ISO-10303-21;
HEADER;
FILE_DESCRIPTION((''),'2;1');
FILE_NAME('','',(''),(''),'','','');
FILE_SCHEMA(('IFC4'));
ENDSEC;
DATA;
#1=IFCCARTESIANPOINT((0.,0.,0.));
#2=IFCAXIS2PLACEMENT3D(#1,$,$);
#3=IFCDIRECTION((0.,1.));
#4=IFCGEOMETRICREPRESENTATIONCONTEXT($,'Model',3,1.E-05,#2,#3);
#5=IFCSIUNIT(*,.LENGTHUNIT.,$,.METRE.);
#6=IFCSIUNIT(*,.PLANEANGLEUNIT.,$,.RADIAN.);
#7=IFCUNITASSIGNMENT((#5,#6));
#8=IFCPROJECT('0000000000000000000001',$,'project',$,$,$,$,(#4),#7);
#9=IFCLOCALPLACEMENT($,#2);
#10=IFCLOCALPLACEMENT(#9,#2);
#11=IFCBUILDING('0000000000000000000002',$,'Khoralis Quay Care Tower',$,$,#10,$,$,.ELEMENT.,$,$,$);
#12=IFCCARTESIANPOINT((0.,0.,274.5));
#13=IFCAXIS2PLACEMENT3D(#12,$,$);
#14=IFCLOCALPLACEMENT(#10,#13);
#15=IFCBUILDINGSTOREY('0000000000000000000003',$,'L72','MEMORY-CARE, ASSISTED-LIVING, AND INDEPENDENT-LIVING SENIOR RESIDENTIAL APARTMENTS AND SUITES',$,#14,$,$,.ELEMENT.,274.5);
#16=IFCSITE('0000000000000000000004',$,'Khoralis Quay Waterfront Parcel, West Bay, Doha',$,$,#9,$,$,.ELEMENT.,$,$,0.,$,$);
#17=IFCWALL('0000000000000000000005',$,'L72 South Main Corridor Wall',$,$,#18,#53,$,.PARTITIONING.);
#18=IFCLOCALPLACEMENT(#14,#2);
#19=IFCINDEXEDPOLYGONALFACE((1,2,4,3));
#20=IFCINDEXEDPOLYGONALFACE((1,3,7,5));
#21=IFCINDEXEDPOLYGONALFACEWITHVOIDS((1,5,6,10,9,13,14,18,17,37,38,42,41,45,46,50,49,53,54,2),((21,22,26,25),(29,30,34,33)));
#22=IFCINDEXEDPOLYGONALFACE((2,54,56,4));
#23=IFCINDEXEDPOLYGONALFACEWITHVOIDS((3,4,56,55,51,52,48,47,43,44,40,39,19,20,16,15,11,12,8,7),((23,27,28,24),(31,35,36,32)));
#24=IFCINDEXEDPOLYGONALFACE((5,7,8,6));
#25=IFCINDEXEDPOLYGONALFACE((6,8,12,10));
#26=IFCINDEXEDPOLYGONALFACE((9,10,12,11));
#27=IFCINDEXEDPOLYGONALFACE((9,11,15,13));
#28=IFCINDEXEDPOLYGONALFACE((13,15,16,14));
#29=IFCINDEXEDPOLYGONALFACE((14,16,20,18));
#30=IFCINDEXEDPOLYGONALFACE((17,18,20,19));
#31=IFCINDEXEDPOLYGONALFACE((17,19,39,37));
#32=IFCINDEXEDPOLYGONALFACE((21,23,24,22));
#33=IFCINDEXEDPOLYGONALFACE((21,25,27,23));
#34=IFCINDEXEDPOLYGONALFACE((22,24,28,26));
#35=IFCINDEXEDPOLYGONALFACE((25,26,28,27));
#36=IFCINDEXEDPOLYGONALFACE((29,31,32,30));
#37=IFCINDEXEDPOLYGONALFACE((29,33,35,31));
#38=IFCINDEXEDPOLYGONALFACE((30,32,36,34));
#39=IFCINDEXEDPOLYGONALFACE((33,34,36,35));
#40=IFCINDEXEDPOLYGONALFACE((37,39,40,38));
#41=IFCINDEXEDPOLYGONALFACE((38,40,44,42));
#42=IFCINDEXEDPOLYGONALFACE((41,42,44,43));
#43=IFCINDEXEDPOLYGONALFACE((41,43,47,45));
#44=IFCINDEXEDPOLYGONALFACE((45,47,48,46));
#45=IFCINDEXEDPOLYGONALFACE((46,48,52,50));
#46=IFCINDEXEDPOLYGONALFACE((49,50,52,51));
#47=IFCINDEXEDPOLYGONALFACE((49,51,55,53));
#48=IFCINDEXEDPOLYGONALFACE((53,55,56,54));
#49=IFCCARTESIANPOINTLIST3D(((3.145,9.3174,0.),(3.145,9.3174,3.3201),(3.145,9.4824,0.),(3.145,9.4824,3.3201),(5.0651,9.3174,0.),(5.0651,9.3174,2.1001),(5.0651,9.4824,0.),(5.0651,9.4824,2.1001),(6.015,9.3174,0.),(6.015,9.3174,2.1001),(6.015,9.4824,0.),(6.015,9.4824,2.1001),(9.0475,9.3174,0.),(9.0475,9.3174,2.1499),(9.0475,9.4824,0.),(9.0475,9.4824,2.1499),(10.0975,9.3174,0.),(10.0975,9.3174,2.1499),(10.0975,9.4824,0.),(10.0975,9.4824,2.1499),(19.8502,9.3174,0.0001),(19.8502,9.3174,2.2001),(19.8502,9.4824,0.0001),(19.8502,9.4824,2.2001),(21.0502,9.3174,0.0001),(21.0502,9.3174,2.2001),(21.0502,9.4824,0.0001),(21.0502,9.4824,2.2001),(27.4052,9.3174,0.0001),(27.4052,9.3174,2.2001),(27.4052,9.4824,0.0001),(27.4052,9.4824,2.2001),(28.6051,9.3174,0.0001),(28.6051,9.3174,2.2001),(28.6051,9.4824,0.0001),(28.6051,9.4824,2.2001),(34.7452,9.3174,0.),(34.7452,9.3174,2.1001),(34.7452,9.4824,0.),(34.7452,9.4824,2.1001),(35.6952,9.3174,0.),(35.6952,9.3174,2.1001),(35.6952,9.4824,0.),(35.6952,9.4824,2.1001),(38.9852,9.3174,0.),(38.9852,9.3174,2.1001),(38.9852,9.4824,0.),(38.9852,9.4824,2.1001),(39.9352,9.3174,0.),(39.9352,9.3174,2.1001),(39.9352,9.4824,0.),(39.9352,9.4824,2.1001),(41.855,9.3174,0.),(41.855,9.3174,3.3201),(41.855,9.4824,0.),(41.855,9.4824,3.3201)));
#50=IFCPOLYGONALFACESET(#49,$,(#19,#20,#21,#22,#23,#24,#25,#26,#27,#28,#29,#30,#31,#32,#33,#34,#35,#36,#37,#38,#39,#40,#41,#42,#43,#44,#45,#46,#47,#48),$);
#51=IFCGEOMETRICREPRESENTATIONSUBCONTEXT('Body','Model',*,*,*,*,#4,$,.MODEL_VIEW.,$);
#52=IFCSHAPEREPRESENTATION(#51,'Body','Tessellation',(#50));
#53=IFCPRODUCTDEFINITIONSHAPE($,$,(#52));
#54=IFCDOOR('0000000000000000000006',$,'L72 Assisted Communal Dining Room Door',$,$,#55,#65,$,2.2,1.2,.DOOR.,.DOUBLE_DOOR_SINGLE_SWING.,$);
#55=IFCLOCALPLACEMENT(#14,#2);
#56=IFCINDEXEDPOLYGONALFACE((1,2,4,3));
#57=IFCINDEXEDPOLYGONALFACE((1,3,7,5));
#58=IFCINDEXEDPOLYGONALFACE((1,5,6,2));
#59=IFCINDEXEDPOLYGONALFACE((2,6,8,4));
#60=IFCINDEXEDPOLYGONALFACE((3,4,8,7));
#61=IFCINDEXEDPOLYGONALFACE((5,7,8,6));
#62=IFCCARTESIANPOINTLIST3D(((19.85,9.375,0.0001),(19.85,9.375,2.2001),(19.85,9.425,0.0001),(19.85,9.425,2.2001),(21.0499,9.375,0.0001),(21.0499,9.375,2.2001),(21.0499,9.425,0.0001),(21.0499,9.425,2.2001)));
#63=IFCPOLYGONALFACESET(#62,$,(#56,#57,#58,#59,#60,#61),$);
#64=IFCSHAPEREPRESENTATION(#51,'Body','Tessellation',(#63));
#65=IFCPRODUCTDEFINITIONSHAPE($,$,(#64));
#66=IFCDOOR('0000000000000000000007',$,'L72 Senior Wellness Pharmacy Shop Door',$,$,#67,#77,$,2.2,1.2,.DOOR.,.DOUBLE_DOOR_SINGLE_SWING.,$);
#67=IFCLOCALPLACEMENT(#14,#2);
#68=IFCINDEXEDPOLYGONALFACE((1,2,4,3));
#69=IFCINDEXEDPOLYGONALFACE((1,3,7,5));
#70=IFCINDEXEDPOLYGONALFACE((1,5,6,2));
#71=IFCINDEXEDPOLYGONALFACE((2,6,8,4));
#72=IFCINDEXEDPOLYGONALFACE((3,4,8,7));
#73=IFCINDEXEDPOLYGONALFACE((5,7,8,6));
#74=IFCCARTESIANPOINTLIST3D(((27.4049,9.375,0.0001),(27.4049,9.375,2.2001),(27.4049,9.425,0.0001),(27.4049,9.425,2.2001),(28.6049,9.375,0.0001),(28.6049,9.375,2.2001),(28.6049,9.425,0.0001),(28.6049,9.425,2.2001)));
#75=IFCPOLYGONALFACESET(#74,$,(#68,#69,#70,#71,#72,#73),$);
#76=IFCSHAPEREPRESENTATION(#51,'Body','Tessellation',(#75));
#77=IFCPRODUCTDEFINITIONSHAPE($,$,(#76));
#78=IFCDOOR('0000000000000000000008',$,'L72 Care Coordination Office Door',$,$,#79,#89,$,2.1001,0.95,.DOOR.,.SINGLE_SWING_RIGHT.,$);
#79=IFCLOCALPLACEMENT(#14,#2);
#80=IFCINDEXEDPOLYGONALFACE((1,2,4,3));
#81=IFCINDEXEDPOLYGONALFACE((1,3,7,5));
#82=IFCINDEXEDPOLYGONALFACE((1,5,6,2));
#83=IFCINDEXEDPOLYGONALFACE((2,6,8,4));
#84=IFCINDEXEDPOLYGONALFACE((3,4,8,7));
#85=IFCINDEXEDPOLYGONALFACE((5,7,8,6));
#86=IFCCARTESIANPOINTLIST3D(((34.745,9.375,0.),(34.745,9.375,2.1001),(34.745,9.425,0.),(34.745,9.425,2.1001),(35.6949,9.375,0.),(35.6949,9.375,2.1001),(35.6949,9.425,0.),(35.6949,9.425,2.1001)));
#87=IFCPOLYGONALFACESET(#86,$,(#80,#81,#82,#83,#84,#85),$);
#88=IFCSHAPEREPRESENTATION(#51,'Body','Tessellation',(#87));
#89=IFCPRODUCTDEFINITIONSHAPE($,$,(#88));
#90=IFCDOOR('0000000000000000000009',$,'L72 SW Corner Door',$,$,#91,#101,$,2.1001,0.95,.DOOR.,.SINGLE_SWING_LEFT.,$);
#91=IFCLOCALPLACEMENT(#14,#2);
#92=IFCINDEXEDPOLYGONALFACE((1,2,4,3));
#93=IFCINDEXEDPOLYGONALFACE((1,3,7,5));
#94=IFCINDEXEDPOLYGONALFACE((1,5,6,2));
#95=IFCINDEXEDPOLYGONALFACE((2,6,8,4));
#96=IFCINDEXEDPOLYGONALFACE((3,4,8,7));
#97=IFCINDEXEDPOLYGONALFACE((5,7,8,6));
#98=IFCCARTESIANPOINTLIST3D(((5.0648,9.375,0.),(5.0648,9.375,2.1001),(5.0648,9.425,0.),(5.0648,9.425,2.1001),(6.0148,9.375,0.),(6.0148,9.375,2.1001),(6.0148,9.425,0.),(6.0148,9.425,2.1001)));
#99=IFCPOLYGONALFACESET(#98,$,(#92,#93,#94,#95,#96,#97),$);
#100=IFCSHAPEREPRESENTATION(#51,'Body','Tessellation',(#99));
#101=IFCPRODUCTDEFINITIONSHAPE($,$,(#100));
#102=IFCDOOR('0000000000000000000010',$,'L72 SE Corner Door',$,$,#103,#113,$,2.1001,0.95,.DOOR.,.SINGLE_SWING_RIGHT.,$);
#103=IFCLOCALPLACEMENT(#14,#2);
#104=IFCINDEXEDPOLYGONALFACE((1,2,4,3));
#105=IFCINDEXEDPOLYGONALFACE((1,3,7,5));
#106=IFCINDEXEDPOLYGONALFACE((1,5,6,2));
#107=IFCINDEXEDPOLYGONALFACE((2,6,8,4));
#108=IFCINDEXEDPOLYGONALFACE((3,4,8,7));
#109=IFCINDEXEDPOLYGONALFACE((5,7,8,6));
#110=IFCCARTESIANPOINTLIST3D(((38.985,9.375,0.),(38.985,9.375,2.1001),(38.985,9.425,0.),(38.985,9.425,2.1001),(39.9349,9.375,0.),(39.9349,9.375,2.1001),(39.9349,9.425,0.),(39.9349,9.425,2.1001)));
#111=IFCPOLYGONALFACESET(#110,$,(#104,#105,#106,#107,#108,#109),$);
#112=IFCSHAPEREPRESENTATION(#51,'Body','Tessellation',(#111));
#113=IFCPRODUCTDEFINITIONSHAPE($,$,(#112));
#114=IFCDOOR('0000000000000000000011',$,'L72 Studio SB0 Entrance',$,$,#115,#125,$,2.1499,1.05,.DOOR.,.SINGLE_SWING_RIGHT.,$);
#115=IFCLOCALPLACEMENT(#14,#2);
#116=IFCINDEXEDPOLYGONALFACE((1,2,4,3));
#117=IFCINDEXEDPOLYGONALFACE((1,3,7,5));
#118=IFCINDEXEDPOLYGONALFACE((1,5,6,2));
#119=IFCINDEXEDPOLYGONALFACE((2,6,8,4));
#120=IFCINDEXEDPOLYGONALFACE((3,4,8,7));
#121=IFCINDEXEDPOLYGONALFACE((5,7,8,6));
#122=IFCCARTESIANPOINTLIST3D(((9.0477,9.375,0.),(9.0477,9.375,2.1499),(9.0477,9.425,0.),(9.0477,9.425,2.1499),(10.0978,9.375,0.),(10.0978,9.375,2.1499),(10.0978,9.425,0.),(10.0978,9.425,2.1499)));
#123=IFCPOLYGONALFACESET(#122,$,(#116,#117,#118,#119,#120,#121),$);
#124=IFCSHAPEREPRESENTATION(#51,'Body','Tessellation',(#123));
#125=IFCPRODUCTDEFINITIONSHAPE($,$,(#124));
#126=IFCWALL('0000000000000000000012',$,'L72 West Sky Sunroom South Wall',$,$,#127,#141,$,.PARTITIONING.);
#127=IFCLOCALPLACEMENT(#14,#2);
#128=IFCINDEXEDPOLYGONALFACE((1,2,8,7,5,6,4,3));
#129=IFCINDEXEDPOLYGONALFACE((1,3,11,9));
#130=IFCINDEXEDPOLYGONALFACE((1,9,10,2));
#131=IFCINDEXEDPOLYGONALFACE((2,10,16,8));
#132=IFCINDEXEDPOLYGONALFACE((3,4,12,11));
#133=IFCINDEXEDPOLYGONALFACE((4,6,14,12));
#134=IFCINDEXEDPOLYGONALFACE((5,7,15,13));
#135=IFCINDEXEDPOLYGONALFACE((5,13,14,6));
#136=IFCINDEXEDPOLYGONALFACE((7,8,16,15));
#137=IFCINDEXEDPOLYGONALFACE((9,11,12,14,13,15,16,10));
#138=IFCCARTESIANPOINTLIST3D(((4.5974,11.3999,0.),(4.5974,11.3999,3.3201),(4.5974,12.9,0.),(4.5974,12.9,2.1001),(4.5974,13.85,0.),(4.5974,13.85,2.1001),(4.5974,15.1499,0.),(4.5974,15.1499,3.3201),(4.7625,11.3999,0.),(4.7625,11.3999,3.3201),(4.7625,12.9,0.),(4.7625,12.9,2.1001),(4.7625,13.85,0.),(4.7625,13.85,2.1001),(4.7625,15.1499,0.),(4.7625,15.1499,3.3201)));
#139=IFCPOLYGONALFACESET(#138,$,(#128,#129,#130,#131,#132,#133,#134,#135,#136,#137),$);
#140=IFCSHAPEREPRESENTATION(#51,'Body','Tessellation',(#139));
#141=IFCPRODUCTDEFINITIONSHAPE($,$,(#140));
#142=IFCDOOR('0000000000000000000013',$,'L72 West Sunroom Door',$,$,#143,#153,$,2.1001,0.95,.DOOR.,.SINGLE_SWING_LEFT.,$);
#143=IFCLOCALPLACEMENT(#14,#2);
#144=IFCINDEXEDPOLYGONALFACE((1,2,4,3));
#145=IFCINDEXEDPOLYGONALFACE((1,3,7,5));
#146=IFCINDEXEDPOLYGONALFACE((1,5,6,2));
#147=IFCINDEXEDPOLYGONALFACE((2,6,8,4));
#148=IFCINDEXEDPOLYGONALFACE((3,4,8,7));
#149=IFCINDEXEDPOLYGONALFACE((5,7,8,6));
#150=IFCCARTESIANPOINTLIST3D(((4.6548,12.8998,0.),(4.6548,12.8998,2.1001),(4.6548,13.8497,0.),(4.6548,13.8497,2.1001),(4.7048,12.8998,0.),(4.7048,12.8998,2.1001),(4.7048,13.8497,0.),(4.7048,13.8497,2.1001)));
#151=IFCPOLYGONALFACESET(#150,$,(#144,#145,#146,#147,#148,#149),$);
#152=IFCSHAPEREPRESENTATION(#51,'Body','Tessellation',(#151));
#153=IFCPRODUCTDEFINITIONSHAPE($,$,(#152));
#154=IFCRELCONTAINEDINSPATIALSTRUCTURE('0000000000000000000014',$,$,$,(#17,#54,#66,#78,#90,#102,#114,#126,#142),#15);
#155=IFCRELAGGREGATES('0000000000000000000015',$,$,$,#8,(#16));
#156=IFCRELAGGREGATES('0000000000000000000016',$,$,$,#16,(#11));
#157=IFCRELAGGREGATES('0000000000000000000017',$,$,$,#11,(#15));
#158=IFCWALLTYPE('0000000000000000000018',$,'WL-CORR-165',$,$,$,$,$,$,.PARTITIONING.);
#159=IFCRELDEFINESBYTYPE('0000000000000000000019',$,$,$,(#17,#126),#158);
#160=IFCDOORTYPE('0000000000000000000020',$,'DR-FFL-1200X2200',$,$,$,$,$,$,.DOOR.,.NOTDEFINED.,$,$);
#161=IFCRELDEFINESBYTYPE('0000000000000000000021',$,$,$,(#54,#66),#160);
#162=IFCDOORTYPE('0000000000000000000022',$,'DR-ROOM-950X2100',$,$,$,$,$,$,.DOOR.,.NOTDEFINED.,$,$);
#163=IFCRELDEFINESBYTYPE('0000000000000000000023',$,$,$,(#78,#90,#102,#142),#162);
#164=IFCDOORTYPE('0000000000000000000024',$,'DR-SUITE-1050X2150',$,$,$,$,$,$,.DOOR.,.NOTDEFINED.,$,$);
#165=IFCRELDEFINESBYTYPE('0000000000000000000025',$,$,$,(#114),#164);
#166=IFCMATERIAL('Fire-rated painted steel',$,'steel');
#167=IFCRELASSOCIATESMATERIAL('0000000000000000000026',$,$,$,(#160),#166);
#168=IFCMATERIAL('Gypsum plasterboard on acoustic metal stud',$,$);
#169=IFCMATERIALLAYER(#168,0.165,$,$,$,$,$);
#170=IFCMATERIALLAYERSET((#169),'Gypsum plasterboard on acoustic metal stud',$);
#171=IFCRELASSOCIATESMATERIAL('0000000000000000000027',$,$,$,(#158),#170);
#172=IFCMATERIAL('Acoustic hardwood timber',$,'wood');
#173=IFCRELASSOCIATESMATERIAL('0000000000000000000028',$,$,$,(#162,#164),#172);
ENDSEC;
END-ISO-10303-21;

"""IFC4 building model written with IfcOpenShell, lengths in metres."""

from ifc_helpers import new_model, si_unit, direction, frame, frame_2d, origin, place, context, subcontext, project, spatial, rectangle, extrude, source, transform, mapped, material, layer, layer_set, type_object, element, fill, save


model = new_model("IFC4")

# Units and contexts
model_context = context("Model", 3, precision=1e-05, world=origin(), true_north=direction((0.0, 1.0)))
body_context = subcontext(model_context, "Body", "Model", "MODEL_VIEW")
ifc_project = project(units=[si_unit("LENGTHUNIT", "METRE"), si_unit("PLANEANGLEUNIT", "RADIAN")], contexts=[model_context])

# Site, building, storey
site_placement = place(None, origin())
site = spatial("IfcSite", under=ifc_project, at=site_placement, Name="Khoralis Quay Waterfront Parcel, West Bay, Doha", CompositionType="ELEMENT", RefElevation=0.0)
building_placement = place(site_placement, origin())
building = spatial("IfcBuilding", under=site, at=building_placement, Name="Khoralis Quay Care Tower", CompositionType="ELEMENT")
storey_placement = place(building_placement, frame((0.0, 0.0, 274.5)))
storey = spatial("IfcBuildingStorey", under=building, at=storey_placement, Name="L72", Description="MEMORY-CARE, ASSISTED-LIVING, AND INDEPENDENT-LIVING SENIOR RESIDENTIAL APARTMENTS AND SUITES", CompositionType="ELEMENT", Elevation=274.5)

# Shared definitions
ifc_material_1 = material(Name="Gypsum plasterboard on acoustic metal stud")
ifc_material_2 = material(Name="Fire-rated painted steel", Category="steel")
door_type_1 = type_object("IfcDoorType", Name="DR-FFL-1200X2200", OperationType="NOTDEFINED", PredefinedType="DOOR", material=ifc_material_2)
shared_shape_1 = source(origin(), body_context, "Body", "SweptSolid", [
    extrude(rectangle(XDim=1.2, YDim=2.2, at=frame_2d((0.6001, 1.1001))), frame((0.0, 0.0249, 0.0), z_axis=(0.0, -1.0, 0.0), x_axis=(1.0, 0.0, 0.0)), (0.0, 0.0, 1.0), 0.05),
])

# Wall, openings, doors
ifc_layer_1 = layer(ifc_material_1, 0.165)
ifc_layer_set_1 = layer_set([ifc_layer_1], Name="Gypsum plasterboard on acoustic metal stud")
wall_type_1 = type_object("IfcWallType", Name="WL-CORR-165", PredefinedType="PARTITIONING", material=ifc_layer_set_1)
wall_1_placement = place(storey_placement, frame((3.145, 9.3999, 0.0), z_axis=(0.0, 0.0, 1.0), x_axis=(1.0, 0.0, 0.0)))
wall_1 = element("IfcWall", 1, at=wall_1_placement, inside=storey, type_object=wall_type_1, Name="L72 South Main Corridor Wall", PredefinedType="PARTITIONING", context=body_context, shape_type="SweptSolid", body=[
    extrude(rectangle(XDim=38.71, YDim=0.165, at=frame_2d((19.355, 0.0))), origin(), (0.0, 0.0, 1.0), 3.3201),
])
opening_1_placement = place(wall_1_placement, frame((5.9026, 0.0, 0.0)))
opening_1 = element("IfcOpeningElement", 2, at=opening_1_placement, cuts=wall_1, PredefinedType="OPENING", context=body_context, shape_type="SweptSolid", body=[
    extrude(rectangle(XDim=1.05, YDim=2.1499, at=frame_2d((0.5249, 1.075))), frame((0.0, 0.0925, 0.0), z_axis=(0.0, -1.0, 0.0), x_axis=(1.0, 0.0, 0.0)), (0.0, 0.0, 1.0), 0.1851),
])
opening_2_placement = place(wall_1_placement, frame((16.7051, 0.0, 0.0)))
opening_2 = element("IfcOpeningElement", 3, at=opening_2_placement, cuts=wall_1, PredefinedType="OPENING", context=body_context, shape_type="SweptSolid", body=[
    extrude(rectangle(XDim=1.2, YDim=2.2, at=frame_2d((0.6001, 1.1001))), frame((0.0, 0.0925, 0.0), z_axis=(0.0, -1.0, 0.0), x_axis=(1.0, 0.0, 0.0)), (0.0, 0.0, 1.0), 0.1851),
])
opening_3_placement = place(wall_1_placement, frame((24.26, 0.0, 0.0)))
opening_3 = element("IfcOpeningElement", 4, at=opening_3_placement, cuts=wall_1, PredefinedType="OPENING", context=body_context, shape_type="SweptSolid", body=[
    extrude(rectangle(XDim=1.2, YDim=2.2, at=frame_2d((0.6001, 1.1001))), frame((0.0, 0.0925, 0.0), z_axis=(0.0, -1.0, 0.0), x_axis=(1.0, 0.0, 0.0)), (0.0, 0.0, 1.0), 0.1851),
])
opening_4_placement = place(wall_1_placement, frame((31.6001, 0.0, 0.0)))
opening_4 = element("IfcOpeningElement", 5, at=opening_4_placement, cuts=wall_1, PredefinedType="OPENING", context=body_context, shape_type="SweptSolid", body=[
    extrude(rectangle(XDim=0.95, YDim=2.1001, at=frame_2d((0.4751, 1.05))), frame((0.0, 0.0925, 0.0), z_axis=(0.0, -1.0, 0.0), x_axis=(1.0, 0.0, 0.0)), (0.0, 0.0, 1.0), 0.1851),
])
opening_5_placement = place(wall_1_placement, frame((1.9199, 0.0, 0.0)))
opening_5 = element("IfcOpeningElement", 6, at=opening_5_placement, cuts=wall_1, PredefinedType="OPENING", context=body_context, shape_type="SweptSolid", body=[
    extrude(rectangle(XDim=0.95, YDim=2.1001, at=frame_2d((0.4751, 1.05))), frame((0.0, 0.0925, 0.0), z_axis=(0.0, -1.0, 0.0), x_axis=(1.0, 0.0, 0.0)), (0.0, 0.0, 1.0), 0.1851),
])
opening_6_placement = place(wall_1_placement, frame((35.8401, 0.0, 0.0)))
opening_6 = element("IfcOpeningElement", 7, at=opening_6_placement, cuts=wall_1, PredefinedType="OPENING", context=body_context, shape_type="SweptSolid", body=[
    extrude(rectangle(XDim=0.95, YDim=2.1001, at=frame_2d((0.4751, 1.05))), frame((0.0, 0.0925, 0.0), z_axis=(0.0, -1.0, 0.0), x_axis=(1.0, 0.0, 0.0)), (0.0, 0.0, 1.0), 0.1851),
])
door_1_placement = place(opening_2_placement, frame((1.2, 0.0, 0.0), z_axis=(0.0, 0.0, 1.0), x_axis=(-1.0, 0.0, 0.0)))
door_1 = element("IfcDoor", 8, at=door_1_placement, inside=storey, type_object=door_type_1, Name="L72 Assisted Communal Dining Room Door", OperationType="DOUBLE_DOOR_SINGLE_SWING", OverallHeight=2.2, OverallWidth=1.2, PredefinedType="DOOR", context=body_context, shape_type="MappedRepresentation", body=[
    mapped(shared_shape_1, transform((0.0, 0.0, 0.0), scale=1.0)),
])
fill(opening_2, door_1)
door_2_placement = place(opening_3_placement, frame((1.2, 0.0, 0.0), z_axis=(0.0, 0.0, 1.0), x_axis=(-1.0, 0.0, 0.0)))
door_2 = element("IfcDoor", 9, at=door_2_placement, inside=storey, type_object=door_type_1, Name="L72 Senior Wellness Pharmacy Shop Door", OperationType="DOUBLE_DOOR_SINGLE_SWING", OverallHeight=2.2, OverallWidth=1.2, PredefinedType="DOOR", context=body_context, shape_type="MappedRepresentation", body=[
    mapped(shared_shape_1, transform((0.0, 0.0, 0.0), scale=1.0)),
])
fill(opening_3, door_2)
ifc_material_3 = material(Name="Acoustic hardwood timber", Category="wood")
door_type_2 = type_object("IfcDoorType", Name="DR-ROOM-950X2100", OperationType="NOTDEFINED", PredefinedType="DOOR", material=ifc_material_3)
shared_shape_2 = source(origin(), body_context, "Body", "SweptSolid", [
    extrude(rectangle(XDim=0.95, YDim=2.1001, at=frame_2d((0.4751, 1.05))), frame((0.0, 0.0249, 0.0), z_axis=(0.0, -1.0, 0.0), x_axis=(1.0, 0.0, 0.0)), (0.0, 0.0, 1.0), 0.05),
])
door_3_placement = place(opening_4_placement, frame((0.95, 0.0, 0.0), z_axis=(0.0, 0.0, 1.0), x_axis=(-1.0, 0.0, 0.0)))
door_3 = element("IfcDoor", 10, at=door_3_placement, inside=storey, type_object=door_type_2, Name="L72 Care Coordination Office Door", OperationType="SINGLE_SWING_RIGHT", OverallHeight=2.1001, OverallWidth=0.95, PredefinedType="DOOR", context=body_context, shape_type="MappedRepresentation", body=[
    mapped(shared_shape_2, transform((0.0, 0.0, 0.0), scale=1.0)),
])
fill(opening_4, door_3)
door_4_placement = place(opening_5_placement, frame((0.95, 0.0, 0.0), z_axis=(0.0, 0.0, 1.0), x_axis=(-1.0, 0.0, 0.0)))
door_4 = element("IfcDoor", 11, at=door_4_placement, inside=storey, type_object=door_type_2, Name="L72 SW Corner Door", OperationType="SINGLE_SWING_LEFT", OverallHeight=2.1001, OverallWidth=0.95, PredefinedType="DOOR", context=body_context, shape_type="MappedRepresentation", body=[
    mapped(shared_shape_2, transform((0.0, 0.0, 0.0), scale=1.0)),
])
fill(opening_5, door_4)
door_5_placement = place(opening_6_placement, frame((0.95, 0.0, 0.0), z_axis=(0.0, 0.0, 1.0), x_axis=(-1.0, 0.0, 0.0)))
door_5 = element("IfcDoor", 12, at=door_5_placement, inside=storey, type_object=door_type_2, Name="L72 SE Corner Door", OperationType="SINGLE_SWING_RIGHT", OverallHeight=2.1001, OverallWidth=0.95, PredefinedType="DOOR", context=body_context, shape_type="MappedRepresentation", body=[
    mapped(shared_shape_2, transform((0.0, 0.0, 0.0), scale=1.0)),
])
fill(opening_6, door_5)
door_type_3 = type_object("IfcDoorType", Name="DR-SUITE-1050X2150", OperationType="NOTDEFINED", PredefinedType="DOOR", material=ifc_material_3)
shared_shape_3 = source(origin(), body_context, "Body", "SweptSolid", [
    extrude(rectangle(XDim=1.05, YDim=2.1499, at=frame_2d((0.5249, 1.075))), frame((0.0, 0.0249, 0.0), z_axis=(0.0, -1.0, 0.0), x_axis=(1.0, 0.0, 0.0)), (0.0, 0.0, 1.0), 0.05),
])
door_6_placement = place(opening_1_placement, frame((1.05, 0.0, 0.0), z_axis=(0.0, 0.0, 1.0), x_axis=(-1.0, 0.0, 0.0)))
door_6 = element("IfcDoor", 13, at=door_6_placement, inside=storey, type_object=door_type_3, Name="L72 Studio SB0 Entrance", OperationType="SINGLE_SWING_RIGHT", OverallHeight=2.1499, OverallWidth=1.05, PredefinedType="DOOR", context=body_context, shape_type="MappedRepresentation", body=[
    mapped(shared_shape_3, transform((0.0, 0.0, 0.0), scale=1.0)),
])
fill(opening_1, door_6)

# Wall, opening, door
wall_2_placement = place(storey_placement, frame((4.6799, 11.3999, 0.0), z_axis=(0.0, 0.0, 1.0), x_axis=(0.0, 1.0, 0.0)))
wall_2 = element("IfcWall", 14, at=wall_2_placement, inside=storey, type_object=wall_type_1, Name="L72 West Sky Sunroom South Wall", PredefinedType="PARTITIONING", context=body_context, shape_type="SweptSolid", body=[
    extrude(rectangle(XDim=3.75, YDim=0.165, at=frame_2d((1.875, 0.0))), origin(), (0.0, 0.0, 1.0), 3.3201),
])
opening_7_placement = place(wall_2_placement, frame((1.5, 0.0, 0.0)))
opening_7 = element("IfcOpeningElement", 15, at=opening_7_placement, cuts=wall_2, PredefinedType="OPENING", context=body_context, shape_type="SweptSolid", body=[
    extrude(rectangle(XDim=0.95, YDim=2.1001, at=frame_2d((0.4751, 1.05))), frame((0.0, 0.0925, 0.0), z_axis=(0.0, -1.0, 0.0), x_axis=(1.0, 0.0, 0.0)), (0.0, 0.0, 1.0), 0.1851),
])
door_7_placement = place(opening_7_placement, frame((0.95, 0.0, 0.0), z_axis=(0.0, 0.0, 1.0), x_axis=(-1.0, 0.0, 0.0)))
door_7 = element("IfcDoor", 16, at=door_7_placement, inside=storey, type_object=door_type_2, Name="L72 West Sunroom Door", OperationType="SINGLE_SWING_LEFT", OverallHeight=2.1001, OverallWidth=0.95, PredefinedType="DOOR", context=body_context, shape_type="MappedRepresentation", body=[
    mapped(shared_shape_2, transform((0.0, 0.0, 0.0), scale=1.0)),
])
fill(opening_7, door_7)

save(model, "model.ifc")
